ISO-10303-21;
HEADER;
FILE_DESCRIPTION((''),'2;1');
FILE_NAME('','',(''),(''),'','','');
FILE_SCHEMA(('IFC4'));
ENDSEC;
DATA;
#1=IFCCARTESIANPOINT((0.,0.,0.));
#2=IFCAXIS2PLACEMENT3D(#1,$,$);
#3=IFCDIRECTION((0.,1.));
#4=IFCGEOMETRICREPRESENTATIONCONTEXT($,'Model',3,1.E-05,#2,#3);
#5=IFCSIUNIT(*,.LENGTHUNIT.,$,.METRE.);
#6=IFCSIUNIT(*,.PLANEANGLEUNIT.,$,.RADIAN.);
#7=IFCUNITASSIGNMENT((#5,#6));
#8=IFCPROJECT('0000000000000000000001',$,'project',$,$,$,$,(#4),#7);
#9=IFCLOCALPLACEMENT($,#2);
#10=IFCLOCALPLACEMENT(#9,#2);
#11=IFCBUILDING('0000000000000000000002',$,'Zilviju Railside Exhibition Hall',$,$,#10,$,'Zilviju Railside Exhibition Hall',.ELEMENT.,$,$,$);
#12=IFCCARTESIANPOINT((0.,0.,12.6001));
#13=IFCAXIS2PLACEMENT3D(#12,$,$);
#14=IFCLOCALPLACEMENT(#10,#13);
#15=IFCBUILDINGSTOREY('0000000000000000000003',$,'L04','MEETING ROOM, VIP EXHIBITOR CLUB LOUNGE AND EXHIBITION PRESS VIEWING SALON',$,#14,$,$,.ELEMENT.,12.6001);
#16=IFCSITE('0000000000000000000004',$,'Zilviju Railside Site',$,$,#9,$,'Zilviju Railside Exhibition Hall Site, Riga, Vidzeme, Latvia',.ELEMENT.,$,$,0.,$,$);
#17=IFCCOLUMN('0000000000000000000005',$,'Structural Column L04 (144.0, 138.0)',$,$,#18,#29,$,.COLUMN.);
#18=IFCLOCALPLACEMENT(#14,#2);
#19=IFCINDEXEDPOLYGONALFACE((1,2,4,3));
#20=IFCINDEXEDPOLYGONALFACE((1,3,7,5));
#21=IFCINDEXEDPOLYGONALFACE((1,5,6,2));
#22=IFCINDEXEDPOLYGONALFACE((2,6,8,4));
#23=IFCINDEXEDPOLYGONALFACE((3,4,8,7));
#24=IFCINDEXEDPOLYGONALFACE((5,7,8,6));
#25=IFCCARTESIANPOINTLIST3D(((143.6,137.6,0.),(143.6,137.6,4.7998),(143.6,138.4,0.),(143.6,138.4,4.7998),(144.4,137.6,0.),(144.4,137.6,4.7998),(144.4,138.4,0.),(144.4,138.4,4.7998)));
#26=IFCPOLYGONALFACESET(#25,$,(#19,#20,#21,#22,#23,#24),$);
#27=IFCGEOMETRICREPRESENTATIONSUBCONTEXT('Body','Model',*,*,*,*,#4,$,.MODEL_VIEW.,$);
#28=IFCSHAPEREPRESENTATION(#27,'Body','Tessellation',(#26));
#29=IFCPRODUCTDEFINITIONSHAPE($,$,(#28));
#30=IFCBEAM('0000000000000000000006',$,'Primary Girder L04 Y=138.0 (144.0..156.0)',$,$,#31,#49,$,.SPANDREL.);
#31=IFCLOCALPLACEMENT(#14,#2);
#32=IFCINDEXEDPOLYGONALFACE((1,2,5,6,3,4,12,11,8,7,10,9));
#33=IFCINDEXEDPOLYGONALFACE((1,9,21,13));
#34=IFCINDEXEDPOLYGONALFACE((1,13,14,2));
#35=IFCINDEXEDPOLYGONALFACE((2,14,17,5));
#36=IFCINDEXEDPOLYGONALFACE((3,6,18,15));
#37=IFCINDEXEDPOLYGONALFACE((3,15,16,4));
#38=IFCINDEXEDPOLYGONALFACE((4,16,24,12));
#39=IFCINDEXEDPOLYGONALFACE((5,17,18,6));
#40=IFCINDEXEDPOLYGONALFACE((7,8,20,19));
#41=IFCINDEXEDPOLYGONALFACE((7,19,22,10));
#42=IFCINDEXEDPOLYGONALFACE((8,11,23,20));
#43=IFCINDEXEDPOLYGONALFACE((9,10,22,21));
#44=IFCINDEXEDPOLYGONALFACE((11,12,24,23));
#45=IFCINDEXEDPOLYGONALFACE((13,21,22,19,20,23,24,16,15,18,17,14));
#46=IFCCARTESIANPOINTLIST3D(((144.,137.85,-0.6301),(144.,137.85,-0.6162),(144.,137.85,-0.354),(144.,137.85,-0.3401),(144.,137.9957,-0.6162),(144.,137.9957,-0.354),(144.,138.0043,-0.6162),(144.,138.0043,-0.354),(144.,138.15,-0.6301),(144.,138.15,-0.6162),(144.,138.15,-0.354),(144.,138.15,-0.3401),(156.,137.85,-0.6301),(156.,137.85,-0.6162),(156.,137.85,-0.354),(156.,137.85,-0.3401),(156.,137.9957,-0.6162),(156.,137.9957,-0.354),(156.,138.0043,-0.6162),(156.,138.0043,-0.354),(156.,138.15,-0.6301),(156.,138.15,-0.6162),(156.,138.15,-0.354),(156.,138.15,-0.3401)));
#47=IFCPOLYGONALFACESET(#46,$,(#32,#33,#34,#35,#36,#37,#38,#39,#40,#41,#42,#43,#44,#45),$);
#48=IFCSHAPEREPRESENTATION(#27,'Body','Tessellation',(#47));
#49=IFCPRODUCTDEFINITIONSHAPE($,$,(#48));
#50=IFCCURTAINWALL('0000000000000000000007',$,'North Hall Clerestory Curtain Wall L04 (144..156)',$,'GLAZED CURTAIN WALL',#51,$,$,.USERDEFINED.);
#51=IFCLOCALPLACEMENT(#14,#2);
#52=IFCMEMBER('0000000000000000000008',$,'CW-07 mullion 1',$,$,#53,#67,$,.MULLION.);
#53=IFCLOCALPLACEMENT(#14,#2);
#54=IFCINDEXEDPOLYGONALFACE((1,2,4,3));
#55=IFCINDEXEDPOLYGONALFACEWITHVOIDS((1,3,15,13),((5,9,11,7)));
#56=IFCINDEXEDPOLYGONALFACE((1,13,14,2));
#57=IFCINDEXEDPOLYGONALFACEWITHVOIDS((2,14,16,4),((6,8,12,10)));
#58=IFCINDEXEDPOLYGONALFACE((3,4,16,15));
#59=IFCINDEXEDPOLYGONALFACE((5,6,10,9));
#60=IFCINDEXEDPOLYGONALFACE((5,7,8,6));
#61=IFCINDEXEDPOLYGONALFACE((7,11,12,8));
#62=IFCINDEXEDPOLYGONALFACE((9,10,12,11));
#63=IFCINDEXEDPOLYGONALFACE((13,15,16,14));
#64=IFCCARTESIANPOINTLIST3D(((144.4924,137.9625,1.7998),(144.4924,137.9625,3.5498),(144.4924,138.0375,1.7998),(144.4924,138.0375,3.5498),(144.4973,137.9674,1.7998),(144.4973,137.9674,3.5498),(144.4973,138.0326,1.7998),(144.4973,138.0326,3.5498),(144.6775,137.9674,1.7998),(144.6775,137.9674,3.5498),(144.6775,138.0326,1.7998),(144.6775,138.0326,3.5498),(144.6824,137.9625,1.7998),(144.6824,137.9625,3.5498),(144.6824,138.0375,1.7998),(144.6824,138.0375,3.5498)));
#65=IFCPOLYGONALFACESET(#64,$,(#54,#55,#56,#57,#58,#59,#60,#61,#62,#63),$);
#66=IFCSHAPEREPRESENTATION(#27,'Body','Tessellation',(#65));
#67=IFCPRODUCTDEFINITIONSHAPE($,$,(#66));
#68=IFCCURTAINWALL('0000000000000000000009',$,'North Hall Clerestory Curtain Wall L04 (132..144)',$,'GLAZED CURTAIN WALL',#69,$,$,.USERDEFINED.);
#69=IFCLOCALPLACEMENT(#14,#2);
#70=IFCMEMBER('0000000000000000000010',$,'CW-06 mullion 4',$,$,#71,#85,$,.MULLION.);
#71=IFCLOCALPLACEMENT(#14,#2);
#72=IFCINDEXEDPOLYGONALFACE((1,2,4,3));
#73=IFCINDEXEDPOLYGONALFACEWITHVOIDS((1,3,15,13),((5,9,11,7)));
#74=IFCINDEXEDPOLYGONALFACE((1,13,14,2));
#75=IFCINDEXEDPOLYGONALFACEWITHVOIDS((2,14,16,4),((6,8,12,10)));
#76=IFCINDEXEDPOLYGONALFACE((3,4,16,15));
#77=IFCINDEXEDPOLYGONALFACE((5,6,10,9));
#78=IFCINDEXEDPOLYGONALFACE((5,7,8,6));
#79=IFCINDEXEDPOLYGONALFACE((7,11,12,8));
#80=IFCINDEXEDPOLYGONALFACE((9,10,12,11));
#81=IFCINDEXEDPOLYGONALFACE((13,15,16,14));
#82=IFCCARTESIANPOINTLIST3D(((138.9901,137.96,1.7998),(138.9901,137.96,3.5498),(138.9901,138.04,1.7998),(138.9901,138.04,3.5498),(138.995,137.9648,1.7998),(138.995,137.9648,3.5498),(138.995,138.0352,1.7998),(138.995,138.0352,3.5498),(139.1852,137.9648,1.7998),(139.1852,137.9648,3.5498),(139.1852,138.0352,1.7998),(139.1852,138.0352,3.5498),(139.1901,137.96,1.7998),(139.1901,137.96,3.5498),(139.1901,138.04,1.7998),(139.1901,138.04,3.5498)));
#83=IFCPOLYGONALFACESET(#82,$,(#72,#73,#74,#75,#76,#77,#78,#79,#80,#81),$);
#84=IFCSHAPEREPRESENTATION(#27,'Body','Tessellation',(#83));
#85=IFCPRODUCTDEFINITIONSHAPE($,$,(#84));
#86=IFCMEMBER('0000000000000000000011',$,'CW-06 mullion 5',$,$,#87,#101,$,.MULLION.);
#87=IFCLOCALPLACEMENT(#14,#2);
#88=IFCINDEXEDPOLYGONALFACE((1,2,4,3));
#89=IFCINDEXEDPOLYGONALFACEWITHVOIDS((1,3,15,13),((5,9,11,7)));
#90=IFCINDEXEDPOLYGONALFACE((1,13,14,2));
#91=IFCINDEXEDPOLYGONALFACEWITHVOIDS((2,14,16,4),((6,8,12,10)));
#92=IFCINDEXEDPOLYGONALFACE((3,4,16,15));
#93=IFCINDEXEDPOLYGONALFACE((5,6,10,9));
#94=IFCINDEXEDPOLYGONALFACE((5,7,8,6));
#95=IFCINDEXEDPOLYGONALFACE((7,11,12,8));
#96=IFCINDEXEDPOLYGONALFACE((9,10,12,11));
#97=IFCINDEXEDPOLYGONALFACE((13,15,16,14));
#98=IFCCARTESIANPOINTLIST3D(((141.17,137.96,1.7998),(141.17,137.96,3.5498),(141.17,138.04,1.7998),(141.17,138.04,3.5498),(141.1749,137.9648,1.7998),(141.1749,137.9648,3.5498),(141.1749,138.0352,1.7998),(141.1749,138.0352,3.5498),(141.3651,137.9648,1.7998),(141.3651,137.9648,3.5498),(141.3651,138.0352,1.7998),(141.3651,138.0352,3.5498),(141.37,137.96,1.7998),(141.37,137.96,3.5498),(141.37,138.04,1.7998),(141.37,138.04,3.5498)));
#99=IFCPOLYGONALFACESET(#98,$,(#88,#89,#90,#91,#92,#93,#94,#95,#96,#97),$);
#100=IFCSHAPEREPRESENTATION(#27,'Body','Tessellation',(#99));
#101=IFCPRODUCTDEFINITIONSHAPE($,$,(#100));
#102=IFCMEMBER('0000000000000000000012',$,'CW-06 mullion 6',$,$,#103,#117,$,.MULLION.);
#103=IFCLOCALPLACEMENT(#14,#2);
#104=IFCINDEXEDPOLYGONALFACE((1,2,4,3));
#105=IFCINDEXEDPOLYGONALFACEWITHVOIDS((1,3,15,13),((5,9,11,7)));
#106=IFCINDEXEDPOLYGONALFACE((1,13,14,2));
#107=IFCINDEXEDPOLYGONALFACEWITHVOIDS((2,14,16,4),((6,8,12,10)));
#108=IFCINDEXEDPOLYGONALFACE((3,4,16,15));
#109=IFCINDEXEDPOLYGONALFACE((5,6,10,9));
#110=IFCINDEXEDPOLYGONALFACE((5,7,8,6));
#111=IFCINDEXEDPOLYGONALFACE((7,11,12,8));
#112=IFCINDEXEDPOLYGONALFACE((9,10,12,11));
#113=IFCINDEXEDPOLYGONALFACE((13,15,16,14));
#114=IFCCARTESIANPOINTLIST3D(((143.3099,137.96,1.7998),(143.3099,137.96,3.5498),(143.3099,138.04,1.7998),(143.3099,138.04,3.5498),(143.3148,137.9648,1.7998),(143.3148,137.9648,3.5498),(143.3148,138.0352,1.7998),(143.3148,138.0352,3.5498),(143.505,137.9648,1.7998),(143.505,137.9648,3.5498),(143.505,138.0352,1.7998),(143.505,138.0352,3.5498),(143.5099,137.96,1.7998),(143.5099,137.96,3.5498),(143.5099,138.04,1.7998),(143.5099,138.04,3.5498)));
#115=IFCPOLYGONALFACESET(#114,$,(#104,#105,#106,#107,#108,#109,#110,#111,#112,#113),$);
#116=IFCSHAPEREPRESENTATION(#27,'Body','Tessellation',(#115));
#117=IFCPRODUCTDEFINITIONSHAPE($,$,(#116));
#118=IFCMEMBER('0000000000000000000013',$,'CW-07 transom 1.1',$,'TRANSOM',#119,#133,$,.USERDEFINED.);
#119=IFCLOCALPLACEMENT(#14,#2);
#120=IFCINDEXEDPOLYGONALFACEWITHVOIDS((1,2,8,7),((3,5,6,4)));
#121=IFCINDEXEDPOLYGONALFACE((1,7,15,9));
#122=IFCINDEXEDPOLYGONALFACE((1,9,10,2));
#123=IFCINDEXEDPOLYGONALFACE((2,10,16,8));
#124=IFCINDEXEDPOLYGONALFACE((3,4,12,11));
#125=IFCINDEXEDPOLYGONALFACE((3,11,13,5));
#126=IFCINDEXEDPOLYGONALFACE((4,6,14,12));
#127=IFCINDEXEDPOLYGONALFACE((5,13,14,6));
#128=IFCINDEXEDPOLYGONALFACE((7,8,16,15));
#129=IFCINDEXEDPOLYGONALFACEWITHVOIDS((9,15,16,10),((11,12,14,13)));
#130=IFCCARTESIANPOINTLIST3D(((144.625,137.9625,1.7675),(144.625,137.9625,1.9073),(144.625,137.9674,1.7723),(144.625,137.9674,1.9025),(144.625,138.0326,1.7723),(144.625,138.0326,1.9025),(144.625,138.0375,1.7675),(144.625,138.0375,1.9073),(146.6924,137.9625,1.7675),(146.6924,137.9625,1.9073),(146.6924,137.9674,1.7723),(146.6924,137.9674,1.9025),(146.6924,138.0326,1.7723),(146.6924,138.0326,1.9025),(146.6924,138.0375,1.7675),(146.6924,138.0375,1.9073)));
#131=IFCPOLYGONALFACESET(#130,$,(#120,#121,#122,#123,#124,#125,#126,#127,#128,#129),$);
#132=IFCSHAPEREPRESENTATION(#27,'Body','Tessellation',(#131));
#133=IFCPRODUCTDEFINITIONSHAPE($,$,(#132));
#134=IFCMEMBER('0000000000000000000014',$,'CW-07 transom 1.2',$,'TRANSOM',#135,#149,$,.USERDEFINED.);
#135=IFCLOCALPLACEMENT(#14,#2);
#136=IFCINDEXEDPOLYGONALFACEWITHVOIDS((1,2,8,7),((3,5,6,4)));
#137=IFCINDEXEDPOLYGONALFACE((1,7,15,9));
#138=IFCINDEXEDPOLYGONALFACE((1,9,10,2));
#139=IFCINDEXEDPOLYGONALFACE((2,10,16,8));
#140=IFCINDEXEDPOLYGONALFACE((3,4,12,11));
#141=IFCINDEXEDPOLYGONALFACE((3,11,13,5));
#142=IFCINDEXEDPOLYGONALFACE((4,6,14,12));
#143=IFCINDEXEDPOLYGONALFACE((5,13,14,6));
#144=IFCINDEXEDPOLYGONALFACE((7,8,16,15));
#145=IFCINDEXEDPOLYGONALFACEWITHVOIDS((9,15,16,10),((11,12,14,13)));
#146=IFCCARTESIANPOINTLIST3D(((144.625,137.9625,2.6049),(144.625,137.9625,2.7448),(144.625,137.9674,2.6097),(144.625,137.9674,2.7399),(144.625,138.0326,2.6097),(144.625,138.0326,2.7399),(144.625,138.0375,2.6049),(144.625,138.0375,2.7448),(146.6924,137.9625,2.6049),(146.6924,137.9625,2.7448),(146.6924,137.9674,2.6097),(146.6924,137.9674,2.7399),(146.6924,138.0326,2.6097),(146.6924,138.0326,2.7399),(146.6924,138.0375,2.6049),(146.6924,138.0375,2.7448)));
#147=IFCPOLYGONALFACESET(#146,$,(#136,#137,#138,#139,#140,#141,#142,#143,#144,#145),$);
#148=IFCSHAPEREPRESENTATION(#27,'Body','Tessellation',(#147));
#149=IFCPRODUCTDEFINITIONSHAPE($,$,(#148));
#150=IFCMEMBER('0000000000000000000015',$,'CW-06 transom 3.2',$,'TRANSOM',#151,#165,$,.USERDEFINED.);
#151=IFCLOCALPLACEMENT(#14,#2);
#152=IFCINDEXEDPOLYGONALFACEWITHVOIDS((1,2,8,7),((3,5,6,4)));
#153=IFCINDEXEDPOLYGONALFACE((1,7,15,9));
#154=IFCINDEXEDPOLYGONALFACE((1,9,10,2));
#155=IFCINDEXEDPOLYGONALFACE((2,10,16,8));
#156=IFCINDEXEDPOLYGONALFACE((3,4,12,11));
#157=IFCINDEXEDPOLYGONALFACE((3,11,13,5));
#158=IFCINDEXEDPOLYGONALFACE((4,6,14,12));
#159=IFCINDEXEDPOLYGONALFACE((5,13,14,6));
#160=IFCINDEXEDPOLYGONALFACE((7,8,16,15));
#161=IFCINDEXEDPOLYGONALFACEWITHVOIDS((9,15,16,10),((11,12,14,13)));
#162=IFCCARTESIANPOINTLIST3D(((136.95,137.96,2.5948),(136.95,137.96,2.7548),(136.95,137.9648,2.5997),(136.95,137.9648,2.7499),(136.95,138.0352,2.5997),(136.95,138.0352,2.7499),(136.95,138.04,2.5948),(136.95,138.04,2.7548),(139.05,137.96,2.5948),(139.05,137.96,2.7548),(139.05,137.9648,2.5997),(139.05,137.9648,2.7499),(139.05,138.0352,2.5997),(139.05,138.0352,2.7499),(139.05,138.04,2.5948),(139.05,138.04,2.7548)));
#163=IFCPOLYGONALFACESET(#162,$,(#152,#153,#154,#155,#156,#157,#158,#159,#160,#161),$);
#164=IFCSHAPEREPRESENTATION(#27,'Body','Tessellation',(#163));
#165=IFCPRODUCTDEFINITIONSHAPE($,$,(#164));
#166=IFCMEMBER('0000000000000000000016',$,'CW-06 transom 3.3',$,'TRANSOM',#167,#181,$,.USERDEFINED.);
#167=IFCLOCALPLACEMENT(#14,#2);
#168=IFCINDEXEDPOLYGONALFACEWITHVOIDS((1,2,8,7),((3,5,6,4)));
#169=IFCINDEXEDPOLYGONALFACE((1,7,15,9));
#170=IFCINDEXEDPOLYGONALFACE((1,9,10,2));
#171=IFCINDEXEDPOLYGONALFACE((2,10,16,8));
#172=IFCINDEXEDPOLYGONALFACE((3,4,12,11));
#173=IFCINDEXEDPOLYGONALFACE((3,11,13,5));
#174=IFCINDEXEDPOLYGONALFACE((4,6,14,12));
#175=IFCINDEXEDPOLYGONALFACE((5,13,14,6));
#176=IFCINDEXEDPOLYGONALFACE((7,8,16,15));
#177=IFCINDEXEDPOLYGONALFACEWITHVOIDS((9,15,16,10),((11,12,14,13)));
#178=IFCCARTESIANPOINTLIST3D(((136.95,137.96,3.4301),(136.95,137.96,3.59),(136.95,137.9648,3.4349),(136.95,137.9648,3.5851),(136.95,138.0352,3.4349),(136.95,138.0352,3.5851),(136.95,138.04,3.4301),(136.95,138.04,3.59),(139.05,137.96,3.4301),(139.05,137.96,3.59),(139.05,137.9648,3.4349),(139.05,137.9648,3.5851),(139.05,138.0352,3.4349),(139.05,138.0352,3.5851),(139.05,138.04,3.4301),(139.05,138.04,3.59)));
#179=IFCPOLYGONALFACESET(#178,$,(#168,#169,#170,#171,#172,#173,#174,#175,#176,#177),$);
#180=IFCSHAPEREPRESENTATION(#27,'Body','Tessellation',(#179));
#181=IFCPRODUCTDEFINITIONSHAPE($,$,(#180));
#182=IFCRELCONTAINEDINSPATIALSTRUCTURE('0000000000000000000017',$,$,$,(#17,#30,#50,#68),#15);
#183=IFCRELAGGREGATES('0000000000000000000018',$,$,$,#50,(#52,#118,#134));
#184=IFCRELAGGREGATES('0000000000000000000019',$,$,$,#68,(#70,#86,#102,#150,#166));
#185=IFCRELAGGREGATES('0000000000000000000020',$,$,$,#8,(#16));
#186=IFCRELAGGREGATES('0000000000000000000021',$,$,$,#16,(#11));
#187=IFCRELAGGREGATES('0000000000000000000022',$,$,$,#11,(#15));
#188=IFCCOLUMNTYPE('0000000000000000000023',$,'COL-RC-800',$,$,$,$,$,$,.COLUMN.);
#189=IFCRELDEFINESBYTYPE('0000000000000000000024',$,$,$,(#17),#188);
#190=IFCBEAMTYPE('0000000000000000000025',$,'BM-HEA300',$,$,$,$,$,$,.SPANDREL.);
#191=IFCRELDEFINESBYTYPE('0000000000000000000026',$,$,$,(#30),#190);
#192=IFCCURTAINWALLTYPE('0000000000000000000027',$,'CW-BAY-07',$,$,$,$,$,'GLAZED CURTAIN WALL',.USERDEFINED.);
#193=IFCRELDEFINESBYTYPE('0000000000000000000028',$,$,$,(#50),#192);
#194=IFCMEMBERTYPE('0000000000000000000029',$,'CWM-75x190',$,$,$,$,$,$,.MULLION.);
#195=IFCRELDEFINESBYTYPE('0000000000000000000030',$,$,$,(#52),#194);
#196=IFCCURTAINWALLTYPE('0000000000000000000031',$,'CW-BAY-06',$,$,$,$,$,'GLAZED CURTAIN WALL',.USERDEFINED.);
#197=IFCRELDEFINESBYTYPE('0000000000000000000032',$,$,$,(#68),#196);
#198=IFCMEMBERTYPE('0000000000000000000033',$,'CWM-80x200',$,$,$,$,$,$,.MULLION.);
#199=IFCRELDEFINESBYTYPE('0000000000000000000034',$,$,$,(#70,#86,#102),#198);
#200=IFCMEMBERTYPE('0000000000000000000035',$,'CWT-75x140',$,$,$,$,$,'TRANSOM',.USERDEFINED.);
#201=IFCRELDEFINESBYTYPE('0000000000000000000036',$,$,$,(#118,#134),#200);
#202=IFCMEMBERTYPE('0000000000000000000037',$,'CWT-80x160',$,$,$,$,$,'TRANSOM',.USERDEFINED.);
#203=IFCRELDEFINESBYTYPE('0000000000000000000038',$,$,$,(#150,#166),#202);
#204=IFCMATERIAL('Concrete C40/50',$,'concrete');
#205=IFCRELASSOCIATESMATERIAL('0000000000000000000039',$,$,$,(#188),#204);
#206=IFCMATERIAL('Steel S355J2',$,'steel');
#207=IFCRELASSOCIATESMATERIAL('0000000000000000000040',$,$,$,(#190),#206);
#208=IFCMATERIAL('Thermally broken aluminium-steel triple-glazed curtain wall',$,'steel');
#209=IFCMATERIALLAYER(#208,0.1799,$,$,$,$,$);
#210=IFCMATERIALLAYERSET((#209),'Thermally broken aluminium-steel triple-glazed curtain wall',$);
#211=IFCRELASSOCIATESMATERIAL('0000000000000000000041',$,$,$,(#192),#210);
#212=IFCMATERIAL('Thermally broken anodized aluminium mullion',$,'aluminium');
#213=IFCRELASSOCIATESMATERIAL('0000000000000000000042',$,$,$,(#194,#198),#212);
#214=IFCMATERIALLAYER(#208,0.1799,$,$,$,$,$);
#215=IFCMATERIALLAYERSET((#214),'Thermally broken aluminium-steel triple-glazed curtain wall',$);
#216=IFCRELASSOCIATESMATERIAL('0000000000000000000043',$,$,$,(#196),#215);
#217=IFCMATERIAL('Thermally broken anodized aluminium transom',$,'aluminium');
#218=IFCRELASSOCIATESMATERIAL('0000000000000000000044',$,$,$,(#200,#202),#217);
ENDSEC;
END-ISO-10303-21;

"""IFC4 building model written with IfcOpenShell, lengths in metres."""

from ifc_helpers import new_model, si_unit, direction, frame, origin, origin_2d, place, context, subcontext, project, spatial, rectangle, hollow_rectangle, i_section, extrude, material, layer, layer_set, material_profile, profile_set, type_object, element, aggregate, save


model = new_model("IFC4")

# Units and contexts
model_context = context("Model", 3, precision=1e-05, world=origin(), true_north=direction((0.0, 1.0)))
body_context = subcontext(model_context, "Body", "Model", "MODEL_VIEW")
ifc_project = project(units=[si_unit("LENGTHUNIT", "METRE"), si_unit("PLANEANGLEUNIT", "RADIAN")], contexts=[model_context])

# Site, building, storey
site_placement = place(None, origin())
site = spatial("IfcSite", under=ifc_project, at=site_placement, Name="Zilviju Railside Site", LongName="Zilviju Railside Exhibition Hall Site, Riga, Vidzeme, Latvia", CompositionType="ELEMENT", RefElevation=0.0)
building_placement = place(site_placement, origin())
building = spatial("IfcBuilding", under=site, at=building_placement, Name="Zilviju Railside Exhibition Hall", LongName="Zilviju Railside Exhibition Hall", CompositionType="ELEMENT")
storey_placement = place(building_placement, frame((0.0, 0.0, 12.6001)))
storey = spatial("IfcBuildingStorey", under=building, at=storey_placement, Name="L04", Description="MEETING ROOM, VIP EXHIBITOR CLUB LOUNGE AND EXHIBITION PRESS VIEWING SALON", CompositionType="ELEMENT", Elevation=12.6001)

# Column
ifc_material_1 = material(Name="Concrete C40/50", Category="concrete")
ifc_material_profile_1 = material_profile(ifc_material_1, rectangle(XDim=0.8, YDim=0.8, at=origin_2d()), Name="RC COL 800x800")
ifc_profile_set_1 = profile_set([ifc_material_profile_1], Name="Concrete C40/50")
column_type = type_object("IfcColumnType", Name="COL-RC-800", PredefinedType="COLUMN", material=ifc_profile_set_1)
column_placement = place(storey_placement, frame((144.0, 138.0, 0.0), z_axis=(0.0, 0.0, 1.0), x_axis=(1.0, 0.0, 0.0)))
element("IfcColumn", 1, at=column_placement, inside=storey, type_object=column_type, Name="Structural Column L04 (144.0, 138.0)", PredefinedType="COLUMN", context=body_context, shape_type="SweptSolid", body=[
    extrude(rectangle(XDim=0.8, YDim=0.8, at=origin_2d()), origin(), (0.0, 0.0, 1.0), 4.7998),
])

# Beam
ifc_material_2 = material(Name="Steel S355J2", Category="steel")
ifc_material_profile_2 = material_profile(ifc_material_2, i_section(OverallWidth=0.3, OverallDepth=0.29, WebThickness=0.0085, FlangeThickness=0.0139, at=origin_2d()), Name="HEA 300")
ifc_profile_set_2 = profile_set([ifc_material_profile_2], Name="Steel S355J2")
beam_type = type_object("IfcBeamType", Name="BM-HEA300", PredefinedType="SPANDREL", material=ifc_profile_set_2)
beam_placement = place(storey_placement, frame((144.0, 138.0, -0.4851), z_axis=(1.0, 0.0, 0.0), x_axis=(0.0, 1.0, 0.0)))
element("IfcBeam", 2, at=beam_placement, inside=storey, type_object=beam_type, Name="Primary Girder L04 Y=138.0 (144.0..156.0)", PredefinedType="SPANDREL", context=body_context, shape_type="SweptSolid", body=[
    extrude(i_section(OverallWidth=0.3, OverallDepth=0.29, WebThickness=0.0085, FlangeThickness=0.0139, at=origin_2d()), origin(), (0.0, 0.0, 1.0), 12.0),
])

# Curtain wall, member
ifc_material_3 = material(Name="Thermally broken aluminium-steel triple-glazed curtain wall", Category="steel")
ifc_layer_1 = layer(ifc_material_3, 0.1799)
ifc_layer_set_1 = layer_set([ifc_layer_1], Name="Thermally broken aluminium-steel triple-glazed curtain wall")
curtain_wall_type_1 = type_object("IfcCurtainWallType", Name="CW-BAY-07", ElementType="GLAZED CURTAIN WALL", PredefinedType="USERDEFINED", material=ifc_layer_set_1)
curtain_wall_1_placement = place(storey_placement, origin())
curtain_wall_1 = element("IfcCurtainWall", 3, at=curtain_wall_1_placement, inside=storey, type_object=curtain_wall_type_1, Name="North Hall Clerestory Curtain Wall L04 (144..156)", ObjectType="GLAZED CURTAIN WALL", PredefinedType="USERDEFINED")
ifc_material_4 = material(Name="Thermally broken anodized aluminium mullion", Category="aluminium")
ifc_material_profile_3 = material_profile(ifc_material_4, hollow_rectangle(XDim=0.075, YDim=0.1899, WallThickness=0.0049, at=origin_2d()), Name="MULLION 190x75x5")
ifc_profile_set_3 = profile_set([ifc_material_profile_3], Name="Thermally broken anodized aluminium mullion")
member_type_1 = type_object("IfcMemberType", Name="CWM-75x190", PredefinedType="MULLION", material=ifc_profile_set_3)
member_1_placement = place(storey_placement, frame((144.5874, 138.0, 1.7998), z_axis=(0.0, 0.0, 1.0), x_axis=(0.0, 1.0, 0.0)))
member_1 = element("IfcMember", 4, at=member_1_placement, type_object=member_type_1, Name="CW-07 mullion 1", PredefinedType="MULLION", context=body_context, shape_type="SweptSolid", body=[
    extrude(hollow_rectangle(XDim=0.075, YDim=0.1899, WallThickness=0.0049, at=origin_2d()), origin(), (0.0, 0.0, 1.0), 1.75),
])

# Curtain wall, members
ifc_layer_2 = layer(ifc_material_3, 0.1799)
ifc_layer_set_2 = layer_set([ifc_layer_2], Name="Thermally broken aluminium-steel triple-glazed curtain wall")
curtain_wall_type_2 = type_object("IfcCurtainWallType", Name="CW-BAY-06", ElementType="GLAZED CURTAIN WALL", PredefinedType="USERDEFINED", material=ifc_layer_set_2)
curtain_wall_2_placement = place(storey_placement, origin())
curtain_wall_2 = element("IfcCurtainWall", 5, at=curtain_wall_2_placement, inside=storey, type_object=curtain_wall_type_2, Name="North Hall Clerestory Curtain Wall L04 (132..144)", ObjectType="GLAZED CURTAIN WALL", PredefinedType="USERDEFINED")
ifc_material_profile_4 = material_profile(ifc_material_4, hollow_rectangle(XDim=0.0801, YDim=0.2, WallThickness=0.0049, at=origin_2d()), Name="MULLION 200x80x5")
ifc_profile_set_4 = profile_set([ifc_material_profile_4], Name="Thermally broken anodized aluminium mullion")
member_type_2 = type_object("IfcMemberType", Name="CWM-80x200", PredefinedType="MULLION", material=ifc_profile_set_4)
member_2_placement = place(storey_placement, frame((139.0901, 138.0, 1.7998), z_axis=(0.0, 0.0, 1.0), x_axis=(0.0, 1.0, 0.0)))
member_2 = element("IfcMember", 6, at=member_2_placement, type_object=member_type_2, Name="CW-06 mullion 4", PredefinedType="MULLION", context=body_context, shape_type="SweptSolid", body=[
    extrude(hollow_rectangle(XDim=0.0801, YDim=0.2, WallThickness=0.0049, at=origin_2d()), origin(), (0.0, 0.0, 1.0), 1.75),
])
member_3_placement = place(storey_placement, frame((141.27, 138.0, 1.7998), z_axis=(0.0, 0.0, 1.0), x_axis=(0.0, 1.0, 0.0)))
member_3 = element("IfcMember", 7, at=member_3_placement, type_object=member_type_2, Name="CW-06 mullion 5", PredefinedType="MULLION", context=body_context, shape_type="SweptSolid", body=[
    extrude(hollow_rectangle(XDim=0.0801, YDim=0.2, WallThickness=0.0049, at=origin_2d()), origin(), (0.0, 0.0, 1.0), 1.75),
])
member_4_placement = place(storey_placement, frame((143.4099, 138.0, 1.7998), z_axis=(0.0, 0.0, 1.0), x_axis=(0.0, 1.0, 0.0)))
member_4 = element("IfcMember", 8, at=member_4_placement, type_object=member_type_2, Name="CW-06 mullion 6", PredefinedType="MULLION", context=body_context, shape_type="SweptSolid", body=[
    extrude(hollow_rectangle(XDim=0.0801, YDim=0.2, WallThickness=0.0049, at=origin_2d()), origin(), (0.0, 0.0, 1.0), 1.75),
])

# Members
ifc_material_5 = material(Name="Thermally broken anodized aluminium transom", Category="aluminium")
ifc_material_profile_5 = material_profile(ifc_material_5, hollow_rectangle(XDim=0.075, YDim=0.1399, WallThickness=0.0049, at=origin_2d()), Name="TRANSOM 140x75x5")
ifc_profile_set_5 = profile_set([ifc_material_profile_5], Name="Thermally broken anodized aluminium transom")
member_type_3 = type_object("IfcMemberType", Name="CWT-75x140", ElementType="TRANSOM", PredefinedType="USERDEFINED", material=ifc_profile_set_5)
member_5_placement = place(storey_placement, frame((144.625, 138.0, 1.8374), z_axis=(1.0, 0.0, 0.0), x_axis=(0.0, 1.0, 0.0)))
member_5 = element("IfcMember", 9, at=member_5_placement, type_object=member_type_3, Name="CW-07 transom 1.1", ObjectType="TRANSOM", PredefinedType="USERDEFINED", context=body_context, shape_type="SweptSolid", body=[
    extrude(hollow_rectangle(XDim=0.075, YDim=0.1399, WallThickness=0.0049, at=origin_2d()), origin(), (0.0, 0.0, 1.0), 2.0674),
])
member_6_placement = place(storey_placement, frame((144.625, 138.0, 2.6748), z_axis=(1.0, 0.0, 0.0), x_axis=(0.0, 1.0, 0.0)))
member_6 = element("IfcMember", 10, at=member_6_placement, type_object=member_type_3, Name="CW-07 transom 1.2", ObjectType="TRANSOM", PredefinedType="USERDEFINED", context=body_context, shape_type="SweptSolid", body=[
    extrude(hollow_rectangle(XDim=0.075, YDim=0.1399, WallThickness=0.0049, at=origin_2d()), origin(), (0.0, 0.0, 1.0), 2.0674),
])
aggregate(curtain_wall_1, [member_1, member_5, member_6])
ifc_material_profile_6 = material_profile(ifc_material_5, hollow_rectangle(XDim=0.0801, YDim=0.1599, WallThickness=0.0049, at=origin_2d()), Name="TRANSOM 160x80x5")
ifc_profile_set_6 = profile_set([ifc_material_profile_6], Name="Thermally broken anodized aluminium transom")
member_type_4 = type_object("IfcMemberType", Name="CWT-80x160", ElementType="TRANSOM", PredefinedType="USERDEFINED", material=ifc_profile_set_6)
member_7_placement = place(storey_placement, frame((136.95, 138.0, 2.6748), z_axis=(1.0, 0.0, 0.0), x_axis=(0.0, 1.0, 0.0)))
member_7 = element("IfcMember", 11, at=member_7_placement, type_object=member_type_4, Name="CW-06 transom 3.2", ObjectType="TRANSOM", PredefinedType="USERDEFINED", context=body_context, shape_type="SweptSolid", body=[
    extrude(hollow_rectangle(XDim=0.0801, YDim=0.1599, WallThickness=0.0049, at=origin_2d()), origin(), (0.0, 0.0, 1.0), 2.1001),
])
member_8_placement = place(storey_placement, frame((136.95, 138.0, 3.51), z_axis=(1.0, 0.0, 0.0), x_axis=(0.0, 1.0, 0.0)))
member_8 = element("IfcMember", 12, at=member_8_placement, type_object=member_type_4, Name="CW-06 transom 3.3", ObjectType="TRANSOM", PredefinedType="USERDEFINED", context=body_context, shape_type="SweptSolid", body=[
    extrude(hollow_rectangle(XDim=0.0801, YDim=0.1599, WallThickness=0.0049, at=origin_2d()), origin(), (0.0, 0.0, 1.0), 2.1001),
])

aggregate(curtain_wall_2, [member_2, member_3, member_4, member_7, member_8])

save(model, "model.ifc")
